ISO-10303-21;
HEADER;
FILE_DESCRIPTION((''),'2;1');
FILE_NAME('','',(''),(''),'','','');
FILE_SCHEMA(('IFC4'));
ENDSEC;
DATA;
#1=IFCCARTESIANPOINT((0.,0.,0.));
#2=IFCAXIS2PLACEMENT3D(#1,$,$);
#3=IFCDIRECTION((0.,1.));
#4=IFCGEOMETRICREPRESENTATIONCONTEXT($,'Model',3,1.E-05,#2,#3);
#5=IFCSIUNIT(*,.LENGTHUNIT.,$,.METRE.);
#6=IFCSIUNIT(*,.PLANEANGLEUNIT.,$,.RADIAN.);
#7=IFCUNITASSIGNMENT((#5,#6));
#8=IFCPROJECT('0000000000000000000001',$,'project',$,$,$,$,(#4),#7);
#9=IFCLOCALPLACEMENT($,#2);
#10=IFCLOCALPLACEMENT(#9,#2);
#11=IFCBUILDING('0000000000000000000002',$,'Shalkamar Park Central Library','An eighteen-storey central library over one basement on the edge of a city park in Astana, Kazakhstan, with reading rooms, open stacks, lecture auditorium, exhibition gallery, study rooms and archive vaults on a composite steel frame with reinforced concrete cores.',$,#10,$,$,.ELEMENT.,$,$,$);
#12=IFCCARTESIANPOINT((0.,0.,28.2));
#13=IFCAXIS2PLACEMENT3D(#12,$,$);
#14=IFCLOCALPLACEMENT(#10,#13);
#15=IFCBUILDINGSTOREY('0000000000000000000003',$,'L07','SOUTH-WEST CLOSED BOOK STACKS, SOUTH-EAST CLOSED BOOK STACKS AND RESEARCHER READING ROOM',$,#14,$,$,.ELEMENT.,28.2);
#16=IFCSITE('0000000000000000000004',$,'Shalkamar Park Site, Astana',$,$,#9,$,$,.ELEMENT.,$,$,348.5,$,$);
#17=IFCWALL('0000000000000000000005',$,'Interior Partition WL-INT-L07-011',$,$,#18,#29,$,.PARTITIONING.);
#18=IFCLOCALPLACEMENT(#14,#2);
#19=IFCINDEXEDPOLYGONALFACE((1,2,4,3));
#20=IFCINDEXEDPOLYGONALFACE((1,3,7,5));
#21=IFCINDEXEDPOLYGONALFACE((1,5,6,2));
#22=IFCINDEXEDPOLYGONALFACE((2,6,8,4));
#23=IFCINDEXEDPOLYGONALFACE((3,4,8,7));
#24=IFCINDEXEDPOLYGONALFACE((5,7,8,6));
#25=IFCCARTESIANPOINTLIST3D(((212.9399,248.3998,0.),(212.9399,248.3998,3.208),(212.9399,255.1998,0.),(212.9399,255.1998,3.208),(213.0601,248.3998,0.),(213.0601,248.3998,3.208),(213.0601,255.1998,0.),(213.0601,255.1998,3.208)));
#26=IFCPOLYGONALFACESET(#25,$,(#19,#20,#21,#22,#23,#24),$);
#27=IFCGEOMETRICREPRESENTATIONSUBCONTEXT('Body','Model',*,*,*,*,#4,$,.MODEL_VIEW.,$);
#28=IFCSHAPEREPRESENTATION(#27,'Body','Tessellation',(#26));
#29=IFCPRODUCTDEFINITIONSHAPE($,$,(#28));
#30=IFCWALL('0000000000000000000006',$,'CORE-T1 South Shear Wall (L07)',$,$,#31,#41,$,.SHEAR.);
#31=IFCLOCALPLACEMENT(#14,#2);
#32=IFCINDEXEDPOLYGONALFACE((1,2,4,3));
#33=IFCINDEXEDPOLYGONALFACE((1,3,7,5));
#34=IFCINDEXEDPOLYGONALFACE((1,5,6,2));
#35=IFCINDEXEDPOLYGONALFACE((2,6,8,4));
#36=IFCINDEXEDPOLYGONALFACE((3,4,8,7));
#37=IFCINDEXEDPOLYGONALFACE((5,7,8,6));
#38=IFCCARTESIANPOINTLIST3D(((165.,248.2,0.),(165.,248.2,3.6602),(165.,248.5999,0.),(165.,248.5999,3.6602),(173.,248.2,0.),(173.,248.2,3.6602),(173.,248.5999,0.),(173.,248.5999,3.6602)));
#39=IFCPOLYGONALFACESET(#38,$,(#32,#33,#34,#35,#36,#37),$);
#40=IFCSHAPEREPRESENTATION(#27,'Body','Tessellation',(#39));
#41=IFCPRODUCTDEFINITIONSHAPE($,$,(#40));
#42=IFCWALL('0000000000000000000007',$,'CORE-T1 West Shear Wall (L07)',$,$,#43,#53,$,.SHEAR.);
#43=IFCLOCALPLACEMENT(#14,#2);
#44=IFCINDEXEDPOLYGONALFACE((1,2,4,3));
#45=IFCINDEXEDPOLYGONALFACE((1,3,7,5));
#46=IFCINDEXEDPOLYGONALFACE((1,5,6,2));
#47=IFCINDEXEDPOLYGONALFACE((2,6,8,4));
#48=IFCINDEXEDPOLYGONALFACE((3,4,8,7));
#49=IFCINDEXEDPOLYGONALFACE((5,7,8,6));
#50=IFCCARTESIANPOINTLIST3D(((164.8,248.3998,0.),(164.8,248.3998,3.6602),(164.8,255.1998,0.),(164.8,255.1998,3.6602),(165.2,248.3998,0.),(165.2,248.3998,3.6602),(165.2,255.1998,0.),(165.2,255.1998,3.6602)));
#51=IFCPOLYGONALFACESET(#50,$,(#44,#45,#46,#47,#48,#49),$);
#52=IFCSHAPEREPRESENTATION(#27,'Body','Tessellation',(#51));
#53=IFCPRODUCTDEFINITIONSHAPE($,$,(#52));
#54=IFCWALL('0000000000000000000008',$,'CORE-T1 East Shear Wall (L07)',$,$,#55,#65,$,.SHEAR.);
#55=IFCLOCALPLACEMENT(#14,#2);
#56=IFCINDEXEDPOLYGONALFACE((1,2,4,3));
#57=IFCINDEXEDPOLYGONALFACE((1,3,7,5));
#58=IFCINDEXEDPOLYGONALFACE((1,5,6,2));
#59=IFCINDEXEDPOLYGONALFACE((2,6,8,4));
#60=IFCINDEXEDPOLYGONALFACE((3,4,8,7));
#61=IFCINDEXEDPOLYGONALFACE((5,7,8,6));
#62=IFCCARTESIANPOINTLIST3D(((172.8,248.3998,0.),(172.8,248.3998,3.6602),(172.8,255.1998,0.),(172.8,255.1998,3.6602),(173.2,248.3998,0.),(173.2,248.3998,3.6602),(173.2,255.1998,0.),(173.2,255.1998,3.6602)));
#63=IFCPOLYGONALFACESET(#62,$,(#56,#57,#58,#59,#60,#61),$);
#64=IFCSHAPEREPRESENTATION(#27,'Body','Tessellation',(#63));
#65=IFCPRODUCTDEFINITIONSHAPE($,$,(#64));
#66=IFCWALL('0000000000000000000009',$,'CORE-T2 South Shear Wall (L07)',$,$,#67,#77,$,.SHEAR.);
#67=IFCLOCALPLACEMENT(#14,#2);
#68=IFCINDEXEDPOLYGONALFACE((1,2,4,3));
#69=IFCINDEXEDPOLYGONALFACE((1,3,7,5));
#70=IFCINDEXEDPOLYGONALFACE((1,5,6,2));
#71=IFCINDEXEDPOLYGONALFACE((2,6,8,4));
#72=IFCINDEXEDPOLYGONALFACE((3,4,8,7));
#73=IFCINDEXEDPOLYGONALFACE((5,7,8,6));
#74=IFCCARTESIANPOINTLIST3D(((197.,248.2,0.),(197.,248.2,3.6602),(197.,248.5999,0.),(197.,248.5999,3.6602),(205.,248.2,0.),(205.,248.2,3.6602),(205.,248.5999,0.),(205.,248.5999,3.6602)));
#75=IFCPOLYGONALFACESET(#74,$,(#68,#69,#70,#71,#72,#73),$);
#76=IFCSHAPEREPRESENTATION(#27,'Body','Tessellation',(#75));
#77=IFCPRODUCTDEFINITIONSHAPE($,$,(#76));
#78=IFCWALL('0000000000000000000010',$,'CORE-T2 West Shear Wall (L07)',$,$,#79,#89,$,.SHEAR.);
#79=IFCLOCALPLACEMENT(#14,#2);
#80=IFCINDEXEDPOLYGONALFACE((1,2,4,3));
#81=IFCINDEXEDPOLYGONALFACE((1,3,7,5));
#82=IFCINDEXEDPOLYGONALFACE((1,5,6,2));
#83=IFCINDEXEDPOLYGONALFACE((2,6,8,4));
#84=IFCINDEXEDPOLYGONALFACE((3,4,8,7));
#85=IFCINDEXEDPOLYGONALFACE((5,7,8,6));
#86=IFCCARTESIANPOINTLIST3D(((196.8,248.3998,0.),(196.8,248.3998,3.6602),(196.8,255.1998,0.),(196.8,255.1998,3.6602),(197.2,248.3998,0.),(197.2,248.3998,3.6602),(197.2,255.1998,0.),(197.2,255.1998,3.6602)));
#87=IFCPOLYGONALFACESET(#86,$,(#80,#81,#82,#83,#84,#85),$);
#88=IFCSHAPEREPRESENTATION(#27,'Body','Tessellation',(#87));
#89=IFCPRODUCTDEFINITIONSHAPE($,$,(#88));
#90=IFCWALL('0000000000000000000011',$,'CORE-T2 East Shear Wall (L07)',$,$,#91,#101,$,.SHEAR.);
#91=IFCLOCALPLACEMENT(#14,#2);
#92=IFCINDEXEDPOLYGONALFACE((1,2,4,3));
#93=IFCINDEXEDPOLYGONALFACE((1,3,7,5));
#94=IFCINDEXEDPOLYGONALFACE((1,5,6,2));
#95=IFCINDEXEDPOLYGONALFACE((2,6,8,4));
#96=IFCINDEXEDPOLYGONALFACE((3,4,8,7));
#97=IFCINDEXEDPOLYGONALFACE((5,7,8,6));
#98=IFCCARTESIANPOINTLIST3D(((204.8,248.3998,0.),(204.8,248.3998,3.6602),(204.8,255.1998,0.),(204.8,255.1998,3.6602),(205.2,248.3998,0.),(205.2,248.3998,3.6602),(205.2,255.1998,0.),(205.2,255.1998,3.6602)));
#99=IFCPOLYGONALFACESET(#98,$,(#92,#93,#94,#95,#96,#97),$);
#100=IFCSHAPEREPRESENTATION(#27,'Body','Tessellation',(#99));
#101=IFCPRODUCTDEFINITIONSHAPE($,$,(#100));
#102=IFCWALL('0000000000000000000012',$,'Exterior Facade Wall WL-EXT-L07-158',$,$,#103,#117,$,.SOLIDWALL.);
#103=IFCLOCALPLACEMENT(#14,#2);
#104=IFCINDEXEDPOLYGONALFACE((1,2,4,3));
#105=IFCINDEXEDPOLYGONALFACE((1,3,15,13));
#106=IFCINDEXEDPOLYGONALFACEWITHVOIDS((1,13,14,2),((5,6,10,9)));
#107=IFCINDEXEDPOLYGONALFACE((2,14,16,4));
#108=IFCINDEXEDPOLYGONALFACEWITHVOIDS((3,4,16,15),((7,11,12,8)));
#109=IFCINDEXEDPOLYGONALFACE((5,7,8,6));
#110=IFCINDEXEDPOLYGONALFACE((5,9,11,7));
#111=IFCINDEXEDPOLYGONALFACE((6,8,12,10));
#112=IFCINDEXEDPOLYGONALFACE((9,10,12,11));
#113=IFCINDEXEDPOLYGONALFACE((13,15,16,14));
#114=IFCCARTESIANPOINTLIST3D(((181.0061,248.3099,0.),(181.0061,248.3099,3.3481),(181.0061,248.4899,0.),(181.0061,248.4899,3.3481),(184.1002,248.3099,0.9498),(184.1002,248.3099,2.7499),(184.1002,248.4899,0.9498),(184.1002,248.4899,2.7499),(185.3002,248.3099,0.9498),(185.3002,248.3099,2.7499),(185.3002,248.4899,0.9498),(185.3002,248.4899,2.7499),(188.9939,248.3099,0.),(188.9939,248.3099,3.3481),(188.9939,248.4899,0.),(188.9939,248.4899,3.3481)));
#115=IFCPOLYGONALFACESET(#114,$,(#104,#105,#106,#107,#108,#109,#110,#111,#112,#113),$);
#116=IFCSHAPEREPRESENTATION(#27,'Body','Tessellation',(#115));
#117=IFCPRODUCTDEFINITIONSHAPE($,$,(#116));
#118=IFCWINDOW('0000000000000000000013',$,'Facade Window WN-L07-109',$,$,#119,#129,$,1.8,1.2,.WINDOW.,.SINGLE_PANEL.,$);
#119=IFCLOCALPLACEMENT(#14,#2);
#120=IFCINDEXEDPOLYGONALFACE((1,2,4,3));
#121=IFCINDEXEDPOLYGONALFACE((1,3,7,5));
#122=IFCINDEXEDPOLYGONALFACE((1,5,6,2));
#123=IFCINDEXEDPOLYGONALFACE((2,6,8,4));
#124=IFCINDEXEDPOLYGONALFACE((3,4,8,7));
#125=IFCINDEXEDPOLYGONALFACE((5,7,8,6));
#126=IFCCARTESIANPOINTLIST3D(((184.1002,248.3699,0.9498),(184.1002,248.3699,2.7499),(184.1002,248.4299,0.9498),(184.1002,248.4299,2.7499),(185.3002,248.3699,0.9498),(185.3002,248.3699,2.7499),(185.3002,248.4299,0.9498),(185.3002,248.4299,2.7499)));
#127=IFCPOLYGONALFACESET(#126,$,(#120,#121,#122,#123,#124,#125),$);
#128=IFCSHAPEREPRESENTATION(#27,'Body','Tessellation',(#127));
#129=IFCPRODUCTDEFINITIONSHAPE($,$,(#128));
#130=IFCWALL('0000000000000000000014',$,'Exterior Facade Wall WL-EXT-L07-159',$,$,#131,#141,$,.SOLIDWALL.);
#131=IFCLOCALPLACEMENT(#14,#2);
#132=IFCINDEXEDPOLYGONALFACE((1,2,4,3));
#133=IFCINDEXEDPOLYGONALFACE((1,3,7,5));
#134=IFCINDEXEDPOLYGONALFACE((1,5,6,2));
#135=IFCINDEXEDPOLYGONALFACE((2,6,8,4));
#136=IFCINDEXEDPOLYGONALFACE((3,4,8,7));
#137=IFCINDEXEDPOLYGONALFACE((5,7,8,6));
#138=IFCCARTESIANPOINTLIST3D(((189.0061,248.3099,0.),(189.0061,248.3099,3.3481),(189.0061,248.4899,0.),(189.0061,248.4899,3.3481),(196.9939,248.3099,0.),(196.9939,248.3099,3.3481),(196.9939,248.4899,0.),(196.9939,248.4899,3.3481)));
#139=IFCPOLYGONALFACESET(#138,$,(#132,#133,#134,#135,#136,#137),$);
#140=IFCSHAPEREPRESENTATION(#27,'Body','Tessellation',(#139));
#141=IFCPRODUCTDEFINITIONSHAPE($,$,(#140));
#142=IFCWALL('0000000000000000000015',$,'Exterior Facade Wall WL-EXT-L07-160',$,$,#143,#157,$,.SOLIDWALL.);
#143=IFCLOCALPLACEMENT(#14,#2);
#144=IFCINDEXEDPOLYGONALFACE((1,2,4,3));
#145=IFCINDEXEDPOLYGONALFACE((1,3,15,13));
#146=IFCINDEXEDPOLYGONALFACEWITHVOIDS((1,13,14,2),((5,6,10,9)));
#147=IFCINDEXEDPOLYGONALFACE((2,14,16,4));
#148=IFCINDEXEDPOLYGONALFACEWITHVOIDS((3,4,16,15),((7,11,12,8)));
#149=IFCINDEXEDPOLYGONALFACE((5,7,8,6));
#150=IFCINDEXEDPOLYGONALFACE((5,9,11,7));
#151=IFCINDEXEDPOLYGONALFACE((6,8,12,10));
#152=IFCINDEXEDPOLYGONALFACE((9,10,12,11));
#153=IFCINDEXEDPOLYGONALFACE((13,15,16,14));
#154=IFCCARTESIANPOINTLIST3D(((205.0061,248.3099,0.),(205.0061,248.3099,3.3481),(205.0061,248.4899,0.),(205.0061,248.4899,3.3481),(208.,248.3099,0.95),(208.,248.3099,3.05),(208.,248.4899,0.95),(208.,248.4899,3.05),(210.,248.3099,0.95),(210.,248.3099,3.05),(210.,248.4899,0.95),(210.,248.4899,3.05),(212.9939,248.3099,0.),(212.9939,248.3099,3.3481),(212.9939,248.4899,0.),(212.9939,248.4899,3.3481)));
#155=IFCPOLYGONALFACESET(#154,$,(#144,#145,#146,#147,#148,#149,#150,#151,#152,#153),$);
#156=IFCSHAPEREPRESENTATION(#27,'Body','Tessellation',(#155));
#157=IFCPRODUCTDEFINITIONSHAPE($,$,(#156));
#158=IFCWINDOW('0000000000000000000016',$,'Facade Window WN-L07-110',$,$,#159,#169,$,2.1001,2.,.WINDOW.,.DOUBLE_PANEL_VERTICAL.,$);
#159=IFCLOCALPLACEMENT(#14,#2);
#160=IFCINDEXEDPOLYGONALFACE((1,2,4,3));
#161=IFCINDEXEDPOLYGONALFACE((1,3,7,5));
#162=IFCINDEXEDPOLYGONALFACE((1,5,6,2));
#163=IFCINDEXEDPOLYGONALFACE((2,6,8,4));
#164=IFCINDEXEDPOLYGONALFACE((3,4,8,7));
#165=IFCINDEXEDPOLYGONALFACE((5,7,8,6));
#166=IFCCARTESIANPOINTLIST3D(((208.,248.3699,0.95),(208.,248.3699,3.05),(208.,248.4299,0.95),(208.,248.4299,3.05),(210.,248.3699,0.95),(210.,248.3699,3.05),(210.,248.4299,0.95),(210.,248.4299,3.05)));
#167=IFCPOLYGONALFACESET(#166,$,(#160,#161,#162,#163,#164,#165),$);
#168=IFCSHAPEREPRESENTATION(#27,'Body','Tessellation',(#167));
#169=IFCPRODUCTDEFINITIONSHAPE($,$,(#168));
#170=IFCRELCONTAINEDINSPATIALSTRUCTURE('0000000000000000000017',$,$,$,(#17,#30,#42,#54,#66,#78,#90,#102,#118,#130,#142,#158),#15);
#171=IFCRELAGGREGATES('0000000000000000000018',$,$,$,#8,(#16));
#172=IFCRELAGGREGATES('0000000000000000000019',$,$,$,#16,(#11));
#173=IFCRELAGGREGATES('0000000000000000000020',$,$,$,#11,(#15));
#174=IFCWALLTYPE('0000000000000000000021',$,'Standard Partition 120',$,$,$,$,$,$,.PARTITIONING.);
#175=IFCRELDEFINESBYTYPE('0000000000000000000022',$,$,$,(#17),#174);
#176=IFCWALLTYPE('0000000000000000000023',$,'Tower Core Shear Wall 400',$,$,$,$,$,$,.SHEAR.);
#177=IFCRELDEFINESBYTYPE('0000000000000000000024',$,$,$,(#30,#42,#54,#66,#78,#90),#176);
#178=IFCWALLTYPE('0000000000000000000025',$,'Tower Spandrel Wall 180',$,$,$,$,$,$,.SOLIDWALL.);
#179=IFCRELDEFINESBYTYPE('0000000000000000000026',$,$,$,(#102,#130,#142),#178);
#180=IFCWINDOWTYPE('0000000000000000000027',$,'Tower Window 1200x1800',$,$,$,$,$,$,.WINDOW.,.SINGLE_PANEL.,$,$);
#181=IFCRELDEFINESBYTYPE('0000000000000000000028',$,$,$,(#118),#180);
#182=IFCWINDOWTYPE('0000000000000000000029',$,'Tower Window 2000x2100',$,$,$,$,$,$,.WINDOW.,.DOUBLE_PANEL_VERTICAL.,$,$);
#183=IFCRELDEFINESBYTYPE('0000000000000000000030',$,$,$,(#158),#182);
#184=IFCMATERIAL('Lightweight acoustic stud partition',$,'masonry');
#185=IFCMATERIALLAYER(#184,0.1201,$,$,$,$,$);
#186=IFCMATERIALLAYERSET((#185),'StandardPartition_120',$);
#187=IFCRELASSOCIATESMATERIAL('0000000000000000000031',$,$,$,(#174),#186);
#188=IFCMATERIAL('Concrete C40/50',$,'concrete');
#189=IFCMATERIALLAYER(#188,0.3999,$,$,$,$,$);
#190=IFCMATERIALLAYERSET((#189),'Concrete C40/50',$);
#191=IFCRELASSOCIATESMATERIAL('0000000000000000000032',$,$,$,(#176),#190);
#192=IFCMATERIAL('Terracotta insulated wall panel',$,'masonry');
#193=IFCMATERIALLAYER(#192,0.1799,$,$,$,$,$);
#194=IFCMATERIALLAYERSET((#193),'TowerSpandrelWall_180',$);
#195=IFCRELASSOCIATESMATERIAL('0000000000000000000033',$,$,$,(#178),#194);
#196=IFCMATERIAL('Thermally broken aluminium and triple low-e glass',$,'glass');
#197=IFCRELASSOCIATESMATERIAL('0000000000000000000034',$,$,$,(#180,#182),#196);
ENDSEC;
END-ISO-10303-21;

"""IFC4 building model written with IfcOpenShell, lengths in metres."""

from ifc_helpers import new_model, si_unit, direction, frame, frame_2d, origin, place, context, subcontext, project, spatial, rectangle, extrude, material, layer, layer_set, type_object, element, fill, save


model = new_model("IFC4")

# Units and contexts
model_context = context("Model", 3, precision=1e-05, world=origin(), true_north=direction((0.0, 1.0)))
body_context = subcontext(model_context, "Body", "Model", "MODEL_VIEW")
ifc_project = project(units=[si_unit("LENGTHUNIT", "METRE"), si_unit("PLANEANGLEUNIT", "RADIAN")], contexts=[model_context])

# Site, building, storey
site_placement = place(None, origin())
site = spatial("IfcSite", under=ifc_project, at=site_placement, Name="Shalkamar Park Site, Astana", CompositionType="ELEMENT", RefElevation=348.5)
building_placement = place(site_placement, origin())
building = spatial("IfcBuilding", under=site, at=building_placement, Name="Shalkamar Park Central Library", Description="An eighteen-storey central library over one basement on the edge of a city park in Astana, Kazakhstan, with reading rooms, open stacks, lecture auditorium, exhibition gallery, study rooms and archive vaults on a composite steel frame with reinforced concrete cores.", CompositionType="ELEMENT")
storey_placement = place(building_placement, frame((0.0, 0.0, 28.2)))
storey = spatial("IfcBuildingStorey", under=building, at=storey_placement, Name="L07", Description="SOUTH-WEST CLOSED BOOK STACKS, SOUTH-EAST CLOSED BOOK STACKS AND RESEARCHER READING ROOM", CompositionType="ELEMENT", Elevation=28.2)

# Walls
ifc_material_1 = material(Name="Lightweight acoustic stud partition", Category="masonry")
ifc_layer_1 = layer(ifc_material_1, 0.1201)
ifc_layer_set_1 = layer_set([ifc_layer_1], Name="StandardPartition_120")
wall_type_1 = type_object("IfcWallType", Name="Standard Partition 120", PredefinedType="PARTITIONING", material=ifc_layer_set_1)
wall_1_placement = place(storey_placement, frame((213.0, 248.3999, 0.0), z_axis=(0.0, 0.0, 1.0), x_axis=(0.0, 1.0, 0.0)))
element("IfcWall", 1, at=wall_1_placement, inside=storey, type_object=wall_type_1, Name="Interior Partition WL-INT-L07-011", PredefinedType="PARTITIONING", context=body_context, shape_type="SweptSolid", body=[
    extrude(rectangle(XDim=6.8, YDim=0.1201, at=frame_2d((3.3999, 0.0))), origin(), (0.0, 0.0, 1.0), 3.208),
])
ifc_material_2 = material(Name="Concrete C40/50", Category="concrete")
ifc_layer_2 = layer(ifc_material_2, 0.3999)
ifc_layer_set_2 = layer_set([ifc_layer_2], Name="Concrete C40/50")
wall_type_2 = type_object("IfcWallType", Name="Tower Core Shear Wall 400", PredefinedType="SHEAR", material=ifc_layer_set_2)
wall_2_placement = place(storey_placement, frame((165.0, 248.3999, 0.0), z_axis=(0.0, 0.0, 1.0), x_axis=(1.0, 0.0, 0.0)))
element("IfcWall", 2, at=wall_2_placement, inside=storey, type_object=wall_type_2, Name="CORE-T1 South Shear Wall (L07)", PredefinedType="SHEAR", context=body_context, shape_type="SweptSolid", body=[
    extrude(rectangle(XDim=8.0, YDim=0.3999, at=frame_2d((4.0, 0.0))), origin(), (0.0, 0.0, 1.0), 3.6602),
])
for number, where, z_axis, x_axis, name in (
    (3, (165.0, 248.3999, 0.0), (0.0, 0.0, 1.0), (0.0, 1.0, 0.0), "CORE-T1 West Shear Wall (L07)"),
    (4, (173.0, 248.3999, 0.0), (0.0, 0.0, 1.0), (0.0, 1.0, 0.0), "CORE-T1 East Shear Wall (L07)"),
):
    element("IfcWall", number, at=place(storey_placement, frame(where, z_axis=z_axis, x_axis=x_axis)), inside=storey, type_object=wall_type_2, Name=name, PredefinedType="SHEAR", context=body_context, shape_type="SweptSolid", body=[
        extrude(rectangle(XDim=6.8, YDim=0.3999, at=frame_2d((3.3999, 0.0))), origin(), (0.0, 0.0, 1.0), 3.6602),
    ])
wall_3_placement = place(storey_placement, frame((197.0, 248.3999, 0.0), z_axis=(0.0, 0.0, 1.0), x_axis=(1.0, 0.0, 0.0)))
element("IfcWall", 5, at=wall_3_placement, inside=storey, type_object=wall_type_2, Name="CORE-T2 South Shear Wall (L07)", PredefinedType="SHEAR", context=body_context, shape_type="SweptSolid", body=[
    extrude(rectangle(XDim=8.0, YDim=0.3999, at=frame_2d((4.0, 0.0))), origin(), (0.0, 0.0, 1.0), 3.6602),
])
for number, where, z_axis, x_axis, name in (
    (6, (197.0, 248.3999, 0.0), (0.0, 0.0, 1.0), (0.0, 1.0, 0.0), "CORE-T2 West Shear Wall (L07)"),
    (7, (205.0, 248.3999, 0.0), (0.0, 0.0, 1.0), (0.0, 1.0, 0.0), "CORE-T2 East Shear Wall (L07)"),
):
    element("IfcWall", number, at=place(storey_placement, frame(where, z_axis=z_axis, x_axis=x_axis)), inside=storey, type_object=wall_type_2, Name=name, PredefinedType="SHEAR", context=body_context, shape_type="SweptSolid", body=[
        extrude(rectangle(XDim=6.8, YDim=0.3999, at=frame_2d((3.3999, 0.0))), origin(), (0.0, 0.0, 1.0), 3.6602),
    ])

# Wall, opening, window
ifc_material_3 = material(Name="Terracotta insulated wall panel", Category="masonry")
ifc_layer_3 = layer(ifc_material_3, 0.1799)
ifc_layer_set_3 = layer_set([ifc_layer_3], Name="TowerSpandrelWall_180")
wall_type_3 = type_object("IfcWallType", Name="Tower Spandrel Wall 180", PredefinedType="SOLIDWALL", material=ifc_layer_set_3)
wall_4_placement = place(storey_placement, frame((181.0061, 248.3999, 0.0), z_axis=(0.0, 0.0, 1.0), x_axis=(1.0, 0.0, 0.0)))
wall_4 = element("IfcWall", 8, at=wall_4_placement, inside=storey, type_object=wall_type_3, Name="Exterior Facade Wall WL-EXT-L07-158", PredefinedType="SOLIDWALL", context=body_context, shape_type="SweptSolid", body=[
    extrude(rectangle(XDim=7.9878, YDim=0.1799, at=frame_2d((3.9939, 0.0))), origin(), (0.0, 0.0, 1.0), 3.3481),
])
opening_1_placement = place(wall_4_placement, frame((3.094, 0.0, 0.95)))
opening_1 = element("IfcOpeningElement", 9, at=opening_1_placement, cuts=wall_4, PredefinedType="OPENING", context=body_context, shape_type="SweptSolid", body=[
    extrude(rectangle(XDim=1.2, YDim=1.8, at=frame_2d((0.6001, 0.8999))), frame((0.0, 0.105, 0.0), z_axis=(0.0, -1.0, 0.0), x_axis=(1.0, 0.0, 0.0)), (0.0, 0.0, 1.0), 0.2097),
])
ifc_material_4 = material(Name="Thermally broken aluminium and triple low-e glass", Category="glass")
window_type_1 = type_object("IfcWindowType", Name="Tower Window 1200x1800", PartitioningType="SINGLE_PANEL", PredefinedType="WINDOW", material=ifc_material_4)
window_1_placement = place(opening_1_placement, origin())
window_1 = element("IfcWindow", 10, at=window_1_placement, inside=storey, type_object=window_type_1, Name="Facade Window WN-L07-109", OverallHeight=1.8, OverallWidth=1.2, PartitioningType="SINGLE_PANEL", PredefinedType="WINDOW", context=body_context, shape_type="SweptSolid", body=[
    extrude(rectangle(XDim=1.2, YDim=1.8, at=frame_2d((0.6001, 0.8999))), frame((0.0, 0.03, 0.0), z_axis=(0.0, -1.0, 0.0), x_axis=(1.0, 0.0, 0.0)), (0.0, 0.0, 1.0), 0.0601),
])
fill(opening_1, window_1)

# Wall
wall_5_placement = place(storey_placement, frame((189.0061, 248.3999, 0.0), z_axis=(0.0, 0.0, 1.0), x_axis=(1.0, 0.0, 0.0)))
element("IfcWall", 11, at=wall_5_placement, inside=storey, type_object=wall_type_3, Name="Exterior Facade Wall WL-EXT-L07-159", PredefinedType="SOLIDWALL", context=body_context, shape_type="SweptSolid", body=[
    extrude(rectangle(XDim=7.9878, YDim=0.1799, at=frame_2d((3.9939, 0.0))), origin(), (0.0, 0.0, 1.0), 3.3481),
])

# Wall, opening, window
wall_6_placement = place(storey_placement, frame((205.0061, 248.3999, 0.0), z_axis=(0.0, 0.0, 1.0), x_axis=(1.0, 0.0, 0.0)))
wall_6 = element("IfcWall", 12, at=wall_6_placement, inside=storey, type_object=wall_type_3, Name="Exterior Facade Wall WL-EXT-L07-160", PredefinedType="SOLIDWALL", context=body_context, shape_type="SweptSolid", body=[
    extrude(rectangle(XDim=7.9878, YDim=0.1799, at=frame_2d((3.9939, 0.0))), origin(), (0.0, 0.0, 1.0), 3.3481),
])
opening_2_placement = place(wall_6_placement, frame((2.9939, 0.0, 0.95)))
opening_2 = element("IfcOpeningElement", 13, at=opening_2_placement, cuts=wall_6, PredefinedType="OPENING", context=body_context, shape_type="SweptSolid", body=[
    extrude(rectangle(XDim=2.0, YDim=2.1001, at=frame_2d((1.0, 1.05))), frame((0.0, 0.105, 0.0), z_axis=(0.0, -1.0, 0.0), x_axis=(1.0, 0.0, 0.0)), (0.0, 0.0, 1.0), 0.2097),
])
window_type_2 = type_object("IfcWindowType", Name="Tower Window 2000x2100", PartitioningType="DOUBLE_PANEL_VERTICAL", PredefinedType="WINDOW", material=ifc_material_4)
window_2_placement = place(opening_2_placement, origin())
window_2 = element("IfcWindow", 14, at=window_2_placement, inside=storey, type_object=window_type_2, Name="Facade Window WN-L07-110", OverallHeight=2.1001, OverallWidth=2.0, PartitioningType="DOUBLE_PANEL_VERTICAL", PredefinedType="WINDOW", context=body_context, shape_type="SweptSolid", body=[
    extrude(rectangle(XDim=2.0, YDim=2.1001, at=frame_2d((1.0, 1.05))), frame((0.0, 0.03, 0.0), z_axis=(0.0, -1.0, 0.0), x_axis=(1.0, 0.0, 0.0)), (0.0, 0.0, 1.0), 0.0601),
])
fill(opening_2, window_2)

save(model, "model.ifc")
